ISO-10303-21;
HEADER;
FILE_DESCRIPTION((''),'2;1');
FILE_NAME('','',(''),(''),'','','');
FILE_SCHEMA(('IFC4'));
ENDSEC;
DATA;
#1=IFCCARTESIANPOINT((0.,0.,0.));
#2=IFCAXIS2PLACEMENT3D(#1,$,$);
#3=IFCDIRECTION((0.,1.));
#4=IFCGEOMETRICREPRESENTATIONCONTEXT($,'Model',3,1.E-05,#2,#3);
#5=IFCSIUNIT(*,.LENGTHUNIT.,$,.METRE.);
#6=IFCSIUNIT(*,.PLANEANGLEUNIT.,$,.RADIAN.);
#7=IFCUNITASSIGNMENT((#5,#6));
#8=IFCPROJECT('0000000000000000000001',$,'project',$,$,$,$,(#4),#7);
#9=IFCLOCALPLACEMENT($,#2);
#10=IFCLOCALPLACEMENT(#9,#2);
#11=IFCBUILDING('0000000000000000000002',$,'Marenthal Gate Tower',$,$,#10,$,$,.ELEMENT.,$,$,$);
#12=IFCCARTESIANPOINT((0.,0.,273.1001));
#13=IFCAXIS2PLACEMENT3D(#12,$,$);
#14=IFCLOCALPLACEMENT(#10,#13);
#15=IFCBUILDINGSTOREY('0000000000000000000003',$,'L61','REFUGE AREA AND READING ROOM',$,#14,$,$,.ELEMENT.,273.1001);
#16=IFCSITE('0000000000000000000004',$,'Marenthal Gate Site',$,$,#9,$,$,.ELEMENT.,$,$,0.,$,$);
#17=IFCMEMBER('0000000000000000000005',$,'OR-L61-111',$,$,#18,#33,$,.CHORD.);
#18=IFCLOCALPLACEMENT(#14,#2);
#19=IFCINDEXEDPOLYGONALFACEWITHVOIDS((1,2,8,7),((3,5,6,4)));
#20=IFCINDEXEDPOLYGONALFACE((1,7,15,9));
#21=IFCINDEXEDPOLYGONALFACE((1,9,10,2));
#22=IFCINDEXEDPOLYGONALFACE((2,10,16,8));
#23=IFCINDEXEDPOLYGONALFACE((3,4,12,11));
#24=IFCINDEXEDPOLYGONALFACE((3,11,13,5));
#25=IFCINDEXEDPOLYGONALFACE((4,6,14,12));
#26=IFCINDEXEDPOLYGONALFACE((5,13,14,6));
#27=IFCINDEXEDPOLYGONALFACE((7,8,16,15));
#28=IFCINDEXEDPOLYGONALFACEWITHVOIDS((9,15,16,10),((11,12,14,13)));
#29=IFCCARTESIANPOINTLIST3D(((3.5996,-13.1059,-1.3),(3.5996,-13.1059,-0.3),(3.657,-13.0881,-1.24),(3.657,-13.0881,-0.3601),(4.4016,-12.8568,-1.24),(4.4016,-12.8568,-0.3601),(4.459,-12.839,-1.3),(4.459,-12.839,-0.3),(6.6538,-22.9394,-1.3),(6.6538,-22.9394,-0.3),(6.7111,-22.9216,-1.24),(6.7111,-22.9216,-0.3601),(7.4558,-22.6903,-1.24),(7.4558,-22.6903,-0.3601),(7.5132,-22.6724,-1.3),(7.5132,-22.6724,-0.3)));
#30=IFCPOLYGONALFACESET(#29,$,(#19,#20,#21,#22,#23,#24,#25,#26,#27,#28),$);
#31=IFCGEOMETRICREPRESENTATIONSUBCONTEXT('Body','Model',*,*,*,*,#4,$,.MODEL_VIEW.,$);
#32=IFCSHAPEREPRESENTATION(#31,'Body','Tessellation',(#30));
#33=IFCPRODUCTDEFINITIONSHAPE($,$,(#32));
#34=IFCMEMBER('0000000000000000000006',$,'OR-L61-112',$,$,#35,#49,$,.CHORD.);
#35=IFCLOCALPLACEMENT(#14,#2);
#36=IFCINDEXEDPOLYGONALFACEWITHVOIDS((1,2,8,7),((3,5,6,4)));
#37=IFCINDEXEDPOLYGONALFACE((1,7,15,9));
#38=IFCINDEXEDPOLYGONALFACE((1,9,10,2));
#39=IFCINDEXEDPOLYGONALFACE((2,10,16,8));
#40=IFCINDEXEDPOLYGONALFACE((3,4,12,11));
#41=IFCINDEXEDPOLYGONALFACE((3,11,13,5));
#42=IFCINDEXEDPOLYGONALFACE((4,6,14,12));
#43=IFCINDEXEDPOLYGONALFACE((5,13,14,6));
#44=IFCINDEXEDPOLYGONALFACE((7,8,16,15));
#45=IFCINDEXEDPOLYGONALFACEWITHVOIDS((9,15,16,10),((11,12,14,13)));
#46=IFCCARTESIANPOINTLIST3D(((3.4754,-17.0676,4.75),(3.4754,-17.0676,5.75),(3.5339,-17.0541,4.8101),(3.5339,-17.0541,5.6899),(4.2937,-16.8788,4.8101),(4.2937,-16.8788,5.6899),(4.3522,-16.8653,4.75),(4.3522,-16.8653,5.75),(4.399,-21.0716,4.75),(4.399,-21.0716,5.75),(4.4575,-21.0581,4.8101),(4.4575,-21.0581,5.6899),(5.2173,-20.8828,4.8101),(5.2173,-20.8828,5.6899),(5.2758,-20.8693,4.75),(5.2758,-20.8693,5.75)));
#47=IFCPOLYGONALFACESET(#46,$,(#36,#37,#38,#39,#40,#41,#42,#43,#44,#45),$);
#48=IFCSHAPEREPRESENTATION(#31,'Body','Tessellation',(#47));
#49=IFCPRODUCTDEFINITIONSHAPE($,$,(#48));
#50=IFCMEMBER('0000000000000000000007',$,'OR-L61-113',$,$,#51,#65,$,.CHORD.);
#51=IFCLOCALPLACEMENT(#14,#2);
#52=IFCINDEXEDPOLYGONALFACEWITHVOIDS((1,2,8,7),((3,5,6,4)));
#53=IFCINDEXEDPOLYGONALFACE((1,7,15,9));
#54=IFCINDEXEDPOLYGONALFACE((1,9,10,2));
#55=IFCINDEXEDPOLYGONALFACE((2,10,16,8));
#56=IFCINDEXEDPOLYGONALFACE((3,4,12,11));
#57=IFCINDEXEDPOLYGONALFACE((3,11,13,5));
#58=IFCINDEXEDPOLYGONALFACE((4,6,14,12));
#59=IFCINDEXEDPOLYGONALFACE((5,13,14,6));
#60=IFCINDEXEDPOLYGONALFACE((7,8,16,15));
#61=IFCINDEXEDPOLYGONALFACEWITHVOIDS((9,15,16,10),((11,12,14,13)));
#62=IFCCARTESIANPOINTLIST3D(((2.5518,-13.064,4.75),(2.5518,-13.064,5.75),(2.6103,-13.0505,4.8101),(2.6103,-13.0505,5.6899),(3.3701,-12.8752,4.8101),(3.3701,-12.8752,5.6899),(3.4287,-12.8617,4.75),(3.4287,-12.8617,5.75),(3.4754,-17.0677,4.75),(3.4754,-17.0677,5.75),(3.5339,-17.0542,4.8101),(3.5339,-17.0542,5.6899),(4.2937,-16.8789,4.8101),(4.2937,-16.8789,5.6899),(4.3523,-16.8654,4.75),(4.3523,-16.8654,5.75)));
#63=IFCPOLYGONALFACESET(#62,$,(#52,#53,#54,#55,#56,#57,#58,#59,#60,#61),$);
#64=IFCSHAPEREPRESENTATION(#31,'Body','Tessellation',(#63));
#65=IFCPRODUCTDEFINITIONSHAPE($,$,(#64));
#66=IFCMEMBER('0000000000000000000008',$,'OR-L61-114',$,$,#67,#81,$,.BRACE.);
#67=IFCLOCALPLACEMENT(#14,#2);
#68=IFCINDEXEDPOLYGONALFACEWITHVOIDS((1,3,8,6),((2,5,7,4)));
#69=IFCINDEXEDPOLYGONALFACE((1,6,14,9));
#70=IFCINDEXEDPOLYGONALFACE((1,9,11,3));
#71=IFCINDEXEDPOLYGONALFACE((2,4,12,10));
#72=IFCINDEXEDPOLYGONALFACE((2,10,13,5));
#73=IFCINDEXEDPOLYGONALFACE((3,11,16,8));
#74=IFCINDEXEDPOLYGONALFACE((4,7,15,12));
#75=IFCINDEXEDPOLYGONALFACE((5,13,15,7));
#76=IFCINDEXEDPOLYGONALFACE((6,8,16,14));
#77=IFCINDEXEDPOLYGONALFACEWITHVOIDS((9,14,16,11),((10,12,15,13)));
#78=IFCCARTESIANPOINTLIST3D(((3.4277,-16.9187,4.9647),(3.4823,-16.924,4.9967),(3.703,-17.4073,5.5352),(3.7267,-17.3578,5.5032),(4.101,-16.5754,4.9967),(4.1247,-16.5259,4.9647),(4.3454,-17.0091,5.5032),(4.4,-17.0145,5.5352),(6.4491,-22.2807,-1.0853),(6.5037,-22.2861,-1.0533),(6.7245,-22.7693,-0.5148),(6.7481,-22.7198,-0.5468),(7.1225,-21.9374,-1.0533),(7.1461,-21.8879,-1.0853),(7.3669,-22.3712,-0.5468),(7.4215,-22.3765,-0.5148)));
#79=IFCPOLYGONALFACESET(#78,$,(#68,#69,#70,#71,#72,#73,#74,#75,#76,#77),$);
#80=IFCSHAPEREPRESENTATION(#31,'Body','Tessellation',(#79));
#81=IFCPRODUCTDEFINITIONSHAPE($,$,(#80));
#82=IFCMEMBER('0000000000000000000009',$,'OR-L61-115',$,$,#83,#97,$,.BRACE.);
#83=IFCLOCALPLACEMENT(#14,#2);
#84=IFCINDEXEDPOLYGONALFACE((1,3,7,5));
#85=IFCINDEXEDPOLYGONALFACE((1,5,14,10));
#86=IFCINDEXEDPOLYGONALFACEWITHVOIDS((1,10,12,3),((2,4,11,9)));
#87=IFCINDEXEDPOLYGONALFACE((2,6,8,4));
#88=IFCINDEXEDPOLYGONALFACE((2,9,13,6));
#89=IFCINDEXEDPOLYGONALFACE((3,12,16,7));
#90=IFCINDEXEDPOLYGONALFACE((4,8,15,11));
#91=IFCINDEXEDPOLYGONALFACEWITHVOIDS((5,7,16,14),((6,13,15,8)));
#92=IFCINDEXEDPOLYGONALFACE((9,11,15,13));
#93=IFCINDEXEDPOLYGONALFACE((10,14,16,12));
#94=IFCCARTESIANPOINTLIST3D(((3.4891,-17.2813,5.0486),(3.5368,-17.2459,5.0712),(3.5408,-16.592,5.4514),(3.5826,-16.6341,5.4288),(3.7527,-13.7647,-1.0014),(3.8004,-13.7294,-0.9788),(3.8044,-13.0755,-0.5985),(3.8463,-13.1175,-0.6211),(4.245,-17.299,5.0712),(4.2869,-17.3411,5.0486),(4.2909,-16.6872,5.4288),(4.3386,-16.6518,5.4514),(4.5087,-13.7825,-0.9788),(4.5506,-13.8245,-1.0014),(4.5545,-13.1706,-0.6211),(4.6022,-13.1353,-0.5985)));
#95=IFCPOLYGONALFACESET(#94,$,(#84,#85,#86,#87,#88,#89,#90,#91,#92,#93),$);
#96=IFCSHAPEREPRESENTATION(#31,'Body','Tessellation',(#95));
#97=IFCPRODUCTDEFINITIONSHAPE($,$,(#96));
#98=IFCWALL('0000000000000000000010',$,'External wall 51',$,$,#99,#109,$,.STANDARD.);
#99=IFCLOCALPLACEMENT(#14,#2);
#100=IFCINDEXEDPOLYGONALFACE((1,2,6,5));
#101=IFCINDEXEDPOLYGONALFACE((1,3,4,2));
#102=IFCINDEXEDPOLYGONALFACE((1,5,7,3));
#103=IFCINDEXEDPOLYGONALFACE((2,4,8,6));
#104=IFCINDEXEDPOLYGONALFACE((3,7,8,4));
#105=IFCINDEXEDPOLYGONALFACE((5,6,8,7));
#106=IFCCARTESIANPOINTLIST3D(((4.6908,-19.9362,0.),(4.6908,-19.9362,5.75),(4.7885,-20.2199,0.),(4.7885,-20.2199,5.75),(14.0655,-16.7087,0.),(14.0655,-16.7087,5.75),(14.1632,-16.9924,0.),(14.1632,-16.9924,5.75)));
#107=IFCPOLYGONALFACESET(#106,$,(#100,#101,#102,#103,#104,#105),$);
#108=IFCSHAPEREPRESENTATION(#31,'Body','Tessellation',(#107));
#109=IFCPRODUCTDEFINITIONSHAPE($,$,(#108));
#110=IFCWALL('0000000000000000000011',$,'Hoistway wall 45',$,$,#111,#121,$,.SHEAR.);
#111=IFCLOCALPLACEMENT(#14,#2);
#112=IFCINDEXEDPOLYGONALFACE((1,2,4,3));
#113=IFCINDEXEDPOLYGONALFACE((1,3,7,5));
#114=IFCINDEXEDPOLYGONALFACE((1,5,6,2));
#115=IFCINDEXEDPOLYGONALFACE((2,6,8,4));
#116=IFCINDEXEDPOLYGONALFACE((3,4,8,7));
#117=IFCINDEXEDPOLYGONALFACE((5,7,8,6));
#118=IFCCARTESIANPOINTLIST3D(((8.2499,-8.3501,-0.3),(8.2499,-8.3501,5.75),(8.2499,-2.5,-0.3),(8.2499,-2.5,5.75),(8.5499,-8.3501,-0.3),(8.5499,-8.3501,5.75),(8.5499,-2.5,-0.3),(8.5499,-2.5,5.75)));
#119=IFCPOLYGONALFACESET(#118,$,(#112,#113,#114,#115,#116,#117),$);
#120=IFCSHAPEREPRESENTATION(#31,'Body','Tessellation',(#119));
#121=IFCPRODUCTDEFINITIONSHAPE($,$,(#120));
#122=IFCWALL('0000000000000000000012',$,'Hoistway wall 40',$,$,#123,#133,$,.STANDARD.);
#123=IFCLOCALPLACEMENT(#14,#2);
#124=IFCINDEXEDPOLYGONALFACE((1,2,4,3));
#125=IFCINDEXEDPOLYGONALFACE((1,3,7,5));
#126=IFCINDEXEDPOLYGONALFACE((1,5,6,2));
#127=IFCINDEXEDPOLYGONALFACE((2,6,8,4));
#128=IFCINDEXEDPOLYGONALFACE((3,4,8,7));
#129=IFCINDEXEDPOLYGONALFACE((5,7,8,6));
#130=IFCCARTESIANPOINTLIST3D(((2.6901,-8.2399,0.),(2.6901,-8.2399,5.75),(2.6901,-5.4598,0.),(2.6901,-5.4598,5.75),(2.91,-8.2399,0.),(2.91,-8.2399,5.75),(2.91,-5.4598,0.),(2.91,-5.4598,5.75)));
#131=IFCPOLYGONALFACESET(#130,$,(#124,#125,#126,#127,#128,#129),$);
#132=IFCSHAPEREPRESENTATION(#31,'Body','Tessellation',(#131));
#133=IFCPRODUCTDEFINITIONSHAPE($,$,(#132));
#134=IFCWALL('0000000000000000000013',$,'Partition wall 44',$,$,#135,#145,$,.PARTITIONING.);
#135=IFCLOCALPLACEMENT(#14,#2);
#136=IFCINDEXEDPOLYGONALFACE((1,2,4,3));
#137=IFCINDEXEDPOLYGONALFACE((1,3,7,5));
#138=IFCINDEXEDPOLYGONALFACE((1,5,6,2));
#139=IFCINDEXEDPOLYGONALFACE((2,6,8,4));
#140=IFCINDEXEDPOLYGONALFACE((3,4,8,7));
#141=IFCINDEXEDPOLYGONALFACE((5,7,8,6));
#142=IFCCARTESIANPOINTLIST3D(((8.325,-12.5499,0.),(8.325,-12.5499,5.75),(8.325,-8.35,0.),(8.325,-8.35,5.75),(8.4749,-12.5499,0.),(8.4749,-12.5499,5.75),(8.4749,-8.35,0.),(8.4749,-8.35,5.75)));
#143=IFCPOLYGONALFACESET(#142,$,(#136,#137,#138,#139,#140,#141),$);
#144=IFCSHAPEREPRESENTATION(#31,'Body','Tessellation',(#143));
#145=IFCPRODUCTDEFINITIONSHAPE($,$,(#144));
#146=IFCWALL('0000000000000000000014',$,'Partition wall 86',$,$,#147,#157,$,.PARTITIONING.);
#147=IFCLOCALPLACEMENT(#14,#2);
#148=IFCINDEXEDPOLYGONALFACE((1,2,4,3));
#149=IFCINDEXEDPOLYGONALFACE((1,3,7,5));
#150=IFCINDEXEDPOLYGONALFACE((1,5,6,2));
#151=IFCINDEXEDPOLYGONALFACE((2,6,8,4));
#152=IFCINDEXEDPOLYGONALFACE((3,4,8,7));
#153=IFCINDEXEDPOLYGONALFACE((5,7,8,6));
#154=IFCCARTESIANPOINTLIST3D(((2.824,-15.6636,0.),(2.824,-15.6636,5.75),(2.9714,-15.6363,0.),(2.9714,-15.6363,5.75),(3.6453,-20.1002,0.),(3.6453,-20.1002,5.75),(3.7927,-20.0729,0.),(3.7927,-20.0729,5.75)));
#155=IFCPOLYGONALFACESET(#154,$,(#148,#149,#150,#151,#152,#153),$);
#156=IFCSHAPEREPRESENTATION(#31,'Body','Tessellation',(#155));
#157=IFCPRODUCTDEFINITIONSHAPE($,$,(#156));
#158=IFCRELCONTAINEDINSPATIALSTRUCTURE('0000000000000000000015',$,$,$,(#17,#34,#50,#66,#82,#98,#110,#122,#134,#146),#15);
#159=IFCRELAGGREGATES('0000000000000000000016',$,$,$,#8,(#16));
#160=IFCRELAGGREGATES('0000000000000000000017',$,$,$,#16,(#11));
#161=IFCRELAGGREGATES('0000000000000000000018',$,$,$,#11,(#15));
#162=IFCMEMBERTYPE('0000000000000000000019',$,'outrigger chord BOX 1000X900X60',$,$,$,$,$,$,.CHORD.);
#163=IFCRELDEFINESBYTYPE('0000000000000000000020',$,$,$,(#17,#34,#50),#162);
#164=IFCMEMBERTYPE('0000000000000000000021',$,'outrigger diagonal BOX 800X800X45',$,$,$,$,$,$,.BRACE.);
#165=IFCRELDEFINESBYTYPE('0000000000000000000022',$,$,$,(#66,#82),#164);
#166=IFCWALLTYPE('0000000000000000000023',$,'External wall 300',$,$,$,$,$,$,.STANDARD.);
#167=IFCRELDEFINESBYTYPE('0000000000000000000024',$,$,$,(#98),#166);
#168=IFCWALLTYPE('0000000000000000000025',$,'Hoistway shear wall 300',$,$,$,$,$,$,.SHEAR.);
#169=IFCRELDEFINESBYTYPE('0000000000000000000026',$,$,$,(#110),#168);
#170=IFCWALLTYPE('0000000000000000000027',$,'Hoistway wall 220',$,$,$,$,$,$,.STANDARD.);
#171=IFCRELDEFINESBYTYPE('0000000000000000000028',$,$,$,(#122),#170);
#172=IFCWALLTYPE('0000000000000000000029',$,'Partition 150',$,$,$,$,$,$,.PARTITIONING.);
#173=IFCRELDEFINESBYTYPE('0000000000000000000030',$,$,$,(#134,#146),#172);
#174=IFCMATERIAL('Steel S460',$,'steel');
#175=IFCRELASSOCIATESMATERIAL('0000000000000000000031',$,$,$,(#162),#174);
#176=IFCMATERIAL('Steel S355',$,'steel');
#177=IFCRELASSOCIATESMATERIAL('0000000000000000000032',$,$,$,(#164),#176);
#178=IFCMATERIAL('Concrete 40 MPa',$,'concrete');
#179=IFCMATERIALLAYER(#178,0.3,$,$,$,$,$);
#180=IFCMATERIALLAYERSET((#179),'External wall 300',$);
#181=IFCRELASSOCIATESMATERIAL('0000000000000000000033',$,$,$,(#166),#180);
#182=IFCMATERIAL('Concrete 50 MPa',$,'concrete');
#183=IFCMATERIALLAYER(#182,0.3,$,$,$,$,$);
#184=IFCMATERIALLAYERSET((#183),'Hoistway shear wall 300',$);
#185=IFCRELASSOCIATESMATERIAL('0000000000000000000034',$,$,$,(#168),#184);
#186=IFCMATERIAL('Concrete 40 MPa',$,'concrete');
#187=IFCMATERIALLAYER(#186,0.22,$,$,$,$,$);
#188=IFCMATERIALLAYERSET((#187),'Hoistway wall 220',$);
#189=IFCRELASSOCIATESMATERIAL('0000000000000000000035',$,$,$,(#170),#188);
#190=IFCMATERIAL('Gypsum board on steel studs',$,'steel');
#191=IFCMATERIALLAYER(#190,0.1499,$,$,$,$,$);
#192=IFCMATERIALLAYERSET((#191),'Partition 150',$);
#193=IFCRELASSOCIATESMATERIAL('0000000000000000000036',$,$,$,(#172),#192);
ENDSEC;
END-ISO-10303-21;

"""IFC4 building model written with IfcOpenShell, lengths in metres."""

from ifc_helpers import new_model, si_unit, direction, frame, frame_2d, origin, origin_2d, place, context, subcontext, project, spatial, rectangle, hollow_rectangle, extrude, material, layer, layer_set, material_profile, profile_set, type_object, element, save


model = new_model("IFC4")

# Units and contexts
model_context = context("Model", 3, precision=1e-05, world=origin(), true_north=direction((0.0, 1.0)))
body_context = subcontext(model_context, "Body", "Model", "MODEL_VIEW")
ifc_project = project(units=[si_unit("LENGTHUNIT", "METRE"), si_unit("PLANEANGLEUNIT", "RADIAN")], contexts=[model_context])

# Site, building, storey
site_placement = place(None, origin())
site = spatial("IfcSite", under=ifc_project, at=site_placement, Name="Marenthal Gate Site", CompositionType="ELEMENT", RefElevation=0.0)
building_placement = place(site_placement, origin())
building = spatial("IfcBuilding", under=site, at=building_placement, Name="Marenthal Gate Tower", CompositionType="ELEMENT")
storey_placement = place(building_placement, frame((0.0, 0.0, 273.1001)))
storey = spatial("IfcBuildingStorey", under=building, at=storey_placement, Name="L61", Description="REFUGE AREA AND READING ROOM", CompositionType="ELEMENT", Elevation=273.1001)

# Members
ifc_material_1 = material(Name="Steel S460", Category="steel")
ifc_material_profile_1 = material_profile(ifc_material_1, hollow_rectangle(XDim=0.8999, YDim=1.0, WallThickness=0.0601, at=origin_2d()), Name="BOX 1000X900X60")
ifc_profile_set_1 = profile_set([ifc_material_profile_1], Name="Steel S460")
member_type_1 = type_object("IfcMemberType", Name="outrigger chord BOX 1000X900X60", PredefinedType="CHORD", material=ifc_profile_set_1)
member_1_placement = place(storey_placement, frame((7.0835, -22.8059, -0.8), z_axis=(-0.296614, 0.954997, 0.0), x_axis=(-0.954997, -0.296614, 0.0)))
element("IfcMember", 1, at=member_1_placement, inside=storey, type_object=member_type_1, Name="OR-L61-111", PredefinedType="CHORD", context=body_context, shape_type="SweptSolid", body=[
    extrude(hollow_rectangle(XDim=0.8999, YDim=1.0, WallThickness=0.0601, at=origin_2d()), origin(), (0.0, 0.0, 1.0), 10.2969),
])
member_2_placement = place(storey_placement, frame((4.8374, -20.9705, 5.25), z_axis=(-0.224768, 0.974412, 0.0), x_axis=(-0.974412, -0.224768, 0.0)))
element("IfcMember", 2, at=member_2_placement, inside=storey, type_object=member_type_1, Name="OR-L61-112", PredefinedType="CHORD", context=body_context, shape_type="SweptSolid", body=[
    extrude(hollow_rectangle(XDim=0.8999, YDim=1.0, WallThickness=0.0601, at=origin_2d()), origin(), (0.0, 0.0, 1.0), 4.1091),
])
member_3_placement = place(storey_placement, frame((3.9138, -16.9666, 5.25), z_axis=(-0.224781, 0.974409, 0.0), x_axis=(-0.974409, -0.224781, 0.0)))
element("IfcMember", 3, at=member_3_placement, inside=storey, type_object=member_type_1, Name="OR-L61-113", PredefinedType="CHORD", context=body_context, shape_type="SweptSolid", body=[
    extrude(hollow_rectangle(XDim=0.8999, YDim=1.0, WallThickness=0.0601, at=origin_2d()), origin(), (0.0, 0.0, 1.0), 4.1089),
])
ifc_material_2 = material(Name="Steel S355", Category="steel")
ifc_material_profile_2 = material_profile(ifc_material_2, hollow_rectangle(XDim=0.8, YDim=0.8, WallThickness=0.0449, at=origin_2d()), Name="BOX 800X800X45")
ifc_profile_set_2 = profile_set([ifc_material_profile_2], Name="Steel S355")
member_type_2 = type_object("IfcMemberType", Name="outrigger diagonal BOX 800X800X45", PredefinedType="BRACE", material=ifc_profile_set_2)
member_4_placement = place(storey_placement, frame((6.9353, -22.3286, -0.8), z_axis=(-0.350097, 0.621298, 0.701014), x_axis=(-0.871206, -0.490918, 0.0)))
element("IfcMember", 4, at=member_4_placement, inside=storey, type_object=member_type_2, Name="OR-L61-114", PredefinedType="BRACE", context=body_context, shape_type="SweptSolid", body=[
    extrude(hollow_rectangle(XDim=0.8, YDim=0.8, WallThickness=0.0449, at=origin_2d()), origin(), (0.0, 0.0, 1.0), 8.6304),
])
member_5_placement = place(storey_placement, frame((3.9138, -16.9666, 5.25), z_axis=(0.037652, 0.502171, -0.863948), x_axis=(-0.997201, 0.074769, 0.0)))
element("IfcMember", 5, at=member_5_placement, inside=storey, type_object=member_type_2, Name="OR-L61-115", PredefinedType="BRACE", context=body_context, shape_type="SweptSolid", body=[
    extrude(hollow_rectangle(XDim=0.8, YDim=0.8, WallThickness=0.0449, at=origin_2d()), origin(), (0.0, 0.0, 1.0), 7.0027),
])

# Walls
ifc_material_3 = material(Name="Concrete 40 MPa", Category="concrete")
ifc_layer_1 = layer(ifc_material_3, 0.3)
ifc_layer_set_1 = layer_set([ifc_layer_1], Name="External wall 300")
wall_type_1 = type_object("IfcWallType", Name="External wall 300", PredefinedType="STANDARD", material=ifc_layer_set_1)
wall_1_placement = place(storey_placement, frame((4.7395, -20.0781, 0.0), z_axis=(0.0, 0.0, 1.0), x_axis=(0.945532, 0.325528, 0.0)))
element("IfcWall", 6, at=wall_1_placement, inside=storey, type_object=wall_type_1, Name="External wall 51", PredefinedType="STANDARD", context=body_context, shape_type="SweptSolid", body=[
    extrude(rectangle(XDim=9.9148, YDim=0.3, at=frame_2d((4.9575, 0.0))), origin(), (0.0, 0.0, 1.0), 5.75),
])
ifc_material_4 = material(Name="Concrete 50 MPa", Category="concrete")
ifc_layer_2 = layer(ifc_material_4, 0.3)
ifc_layer_set_2 = layer_set([ifc_layer_2], Name="Hoistway shear wall 300")
wall_type_2 = type_object("IfcWallType", Name="Hoistway shear wall 300", PredefinedType="SHEAR", material=ifc_layer_set_2)
wall_2_placement = place(storey_placement, frame((8.3999, -8.3501, -0.3), z_axis=(0.0, 0.0, 1.0), x_axis=(0.0, 1.0, 0.0)))
element("IfcWall", 7, at=wall_2_placement, inside=storey, type_object=wall_type_2, Name="Hoistway wall 45", PredefinedType="SHEAR", context=body_context, shape_type="SweptSolid", body=[
    extrude(rectangle(XDim=5.8501, YDim=0.3, at=frame_2d((2.925, 0.0))), origin(), (0.0, 0.0, 1.0), 6.05),
])
ifc_material_5 = material(Name="Concrete 40 MPa", Category="concrete")
ifc_layer_3 = layer(ifc_material_5, 0.22)
ifc_layer_set_3 = layer_set([ifc_layer_3], Name="Hoistway wall 220")
wall_type_3 = type_object("IfcWallType", Name="Hoistway wall 220", PredefinedType="STANDARD", material=ifc_layer_set_3)
wall_3_placement = place(storey_placement, frame((2.8, -8.24, 0.0), z_axis=(0.0, 0.0, 1.0), x_axis=(0.0, 1.0, 0.0)))
element("IfcWall", 8, at=wall_3_placement, inside=storey, type_object=wall_type_3, Name="Hoistway wall 40", PredefinedType="STANDARD", context=body_context, shape_type="SweptSolid", body=[
    extrude(rectangle(XDim=2.78, YDim=0.22, at=frame_2d((1.3901, 0.0))), origin(), (0.0, 0.0, 1.0), 5.75),
])
ifc_material_6 = material(Name="Gypsum board on steel studs", Category="steel")
ifc_layer_4 = layer(ifc_material_6, 0.1499)
ifc_layer_set_4 = layer_set([ifc_layer_4], Name="Partition 150")
wall_type_4 = type_object("IfcWallType", Name="Partition 150", PredefinedType="PARTITIONING", material=ifc_layer_set_4)
wall_4_placement = place(storey_placement, frame((8.3999, -12.55, 0.0), z_axis=(0.0, 0.0, 1.0), x_axis=(0.0, 1.0, 0.0)))
element("IfcWall", 9, at=wall_4_placement, inside=storey, type_object=wall_type_4, Name="Partition wall 44", PredefinedType="PARTITIONING", context=body_context, shape_type="SweptSolid", body=[
    extrude(rectangle(XDim=4.2, YDim=0.1499, at=frame_2d((2.1001, 0.0))), origin(), (0.0, 0.0, 1.0), 5.75),
])
wall_5_placement = place(storey_placement, frame((3.719, -20.0864, 0.0), z_axis=(0.0, 0.0, 1.0), x_axis=(-0.182027, 0.983293, 0.0)))
element("IfcWall", 10, at=wall_5_placement, inside=storey, type_object=wall_type_4, Name="Partition wall 86", PredefinedType="PARTITIONING", context=body_context, shape_type="SweptSolid", body=[
    extrude(rectangle(XDim=4.512, YDim=0.1499, at=frame_2d((2.2559, 0.0))), origin(), (0.0, 0.0, 1.0), 5.75),
])

save(model, "model.ifc")
